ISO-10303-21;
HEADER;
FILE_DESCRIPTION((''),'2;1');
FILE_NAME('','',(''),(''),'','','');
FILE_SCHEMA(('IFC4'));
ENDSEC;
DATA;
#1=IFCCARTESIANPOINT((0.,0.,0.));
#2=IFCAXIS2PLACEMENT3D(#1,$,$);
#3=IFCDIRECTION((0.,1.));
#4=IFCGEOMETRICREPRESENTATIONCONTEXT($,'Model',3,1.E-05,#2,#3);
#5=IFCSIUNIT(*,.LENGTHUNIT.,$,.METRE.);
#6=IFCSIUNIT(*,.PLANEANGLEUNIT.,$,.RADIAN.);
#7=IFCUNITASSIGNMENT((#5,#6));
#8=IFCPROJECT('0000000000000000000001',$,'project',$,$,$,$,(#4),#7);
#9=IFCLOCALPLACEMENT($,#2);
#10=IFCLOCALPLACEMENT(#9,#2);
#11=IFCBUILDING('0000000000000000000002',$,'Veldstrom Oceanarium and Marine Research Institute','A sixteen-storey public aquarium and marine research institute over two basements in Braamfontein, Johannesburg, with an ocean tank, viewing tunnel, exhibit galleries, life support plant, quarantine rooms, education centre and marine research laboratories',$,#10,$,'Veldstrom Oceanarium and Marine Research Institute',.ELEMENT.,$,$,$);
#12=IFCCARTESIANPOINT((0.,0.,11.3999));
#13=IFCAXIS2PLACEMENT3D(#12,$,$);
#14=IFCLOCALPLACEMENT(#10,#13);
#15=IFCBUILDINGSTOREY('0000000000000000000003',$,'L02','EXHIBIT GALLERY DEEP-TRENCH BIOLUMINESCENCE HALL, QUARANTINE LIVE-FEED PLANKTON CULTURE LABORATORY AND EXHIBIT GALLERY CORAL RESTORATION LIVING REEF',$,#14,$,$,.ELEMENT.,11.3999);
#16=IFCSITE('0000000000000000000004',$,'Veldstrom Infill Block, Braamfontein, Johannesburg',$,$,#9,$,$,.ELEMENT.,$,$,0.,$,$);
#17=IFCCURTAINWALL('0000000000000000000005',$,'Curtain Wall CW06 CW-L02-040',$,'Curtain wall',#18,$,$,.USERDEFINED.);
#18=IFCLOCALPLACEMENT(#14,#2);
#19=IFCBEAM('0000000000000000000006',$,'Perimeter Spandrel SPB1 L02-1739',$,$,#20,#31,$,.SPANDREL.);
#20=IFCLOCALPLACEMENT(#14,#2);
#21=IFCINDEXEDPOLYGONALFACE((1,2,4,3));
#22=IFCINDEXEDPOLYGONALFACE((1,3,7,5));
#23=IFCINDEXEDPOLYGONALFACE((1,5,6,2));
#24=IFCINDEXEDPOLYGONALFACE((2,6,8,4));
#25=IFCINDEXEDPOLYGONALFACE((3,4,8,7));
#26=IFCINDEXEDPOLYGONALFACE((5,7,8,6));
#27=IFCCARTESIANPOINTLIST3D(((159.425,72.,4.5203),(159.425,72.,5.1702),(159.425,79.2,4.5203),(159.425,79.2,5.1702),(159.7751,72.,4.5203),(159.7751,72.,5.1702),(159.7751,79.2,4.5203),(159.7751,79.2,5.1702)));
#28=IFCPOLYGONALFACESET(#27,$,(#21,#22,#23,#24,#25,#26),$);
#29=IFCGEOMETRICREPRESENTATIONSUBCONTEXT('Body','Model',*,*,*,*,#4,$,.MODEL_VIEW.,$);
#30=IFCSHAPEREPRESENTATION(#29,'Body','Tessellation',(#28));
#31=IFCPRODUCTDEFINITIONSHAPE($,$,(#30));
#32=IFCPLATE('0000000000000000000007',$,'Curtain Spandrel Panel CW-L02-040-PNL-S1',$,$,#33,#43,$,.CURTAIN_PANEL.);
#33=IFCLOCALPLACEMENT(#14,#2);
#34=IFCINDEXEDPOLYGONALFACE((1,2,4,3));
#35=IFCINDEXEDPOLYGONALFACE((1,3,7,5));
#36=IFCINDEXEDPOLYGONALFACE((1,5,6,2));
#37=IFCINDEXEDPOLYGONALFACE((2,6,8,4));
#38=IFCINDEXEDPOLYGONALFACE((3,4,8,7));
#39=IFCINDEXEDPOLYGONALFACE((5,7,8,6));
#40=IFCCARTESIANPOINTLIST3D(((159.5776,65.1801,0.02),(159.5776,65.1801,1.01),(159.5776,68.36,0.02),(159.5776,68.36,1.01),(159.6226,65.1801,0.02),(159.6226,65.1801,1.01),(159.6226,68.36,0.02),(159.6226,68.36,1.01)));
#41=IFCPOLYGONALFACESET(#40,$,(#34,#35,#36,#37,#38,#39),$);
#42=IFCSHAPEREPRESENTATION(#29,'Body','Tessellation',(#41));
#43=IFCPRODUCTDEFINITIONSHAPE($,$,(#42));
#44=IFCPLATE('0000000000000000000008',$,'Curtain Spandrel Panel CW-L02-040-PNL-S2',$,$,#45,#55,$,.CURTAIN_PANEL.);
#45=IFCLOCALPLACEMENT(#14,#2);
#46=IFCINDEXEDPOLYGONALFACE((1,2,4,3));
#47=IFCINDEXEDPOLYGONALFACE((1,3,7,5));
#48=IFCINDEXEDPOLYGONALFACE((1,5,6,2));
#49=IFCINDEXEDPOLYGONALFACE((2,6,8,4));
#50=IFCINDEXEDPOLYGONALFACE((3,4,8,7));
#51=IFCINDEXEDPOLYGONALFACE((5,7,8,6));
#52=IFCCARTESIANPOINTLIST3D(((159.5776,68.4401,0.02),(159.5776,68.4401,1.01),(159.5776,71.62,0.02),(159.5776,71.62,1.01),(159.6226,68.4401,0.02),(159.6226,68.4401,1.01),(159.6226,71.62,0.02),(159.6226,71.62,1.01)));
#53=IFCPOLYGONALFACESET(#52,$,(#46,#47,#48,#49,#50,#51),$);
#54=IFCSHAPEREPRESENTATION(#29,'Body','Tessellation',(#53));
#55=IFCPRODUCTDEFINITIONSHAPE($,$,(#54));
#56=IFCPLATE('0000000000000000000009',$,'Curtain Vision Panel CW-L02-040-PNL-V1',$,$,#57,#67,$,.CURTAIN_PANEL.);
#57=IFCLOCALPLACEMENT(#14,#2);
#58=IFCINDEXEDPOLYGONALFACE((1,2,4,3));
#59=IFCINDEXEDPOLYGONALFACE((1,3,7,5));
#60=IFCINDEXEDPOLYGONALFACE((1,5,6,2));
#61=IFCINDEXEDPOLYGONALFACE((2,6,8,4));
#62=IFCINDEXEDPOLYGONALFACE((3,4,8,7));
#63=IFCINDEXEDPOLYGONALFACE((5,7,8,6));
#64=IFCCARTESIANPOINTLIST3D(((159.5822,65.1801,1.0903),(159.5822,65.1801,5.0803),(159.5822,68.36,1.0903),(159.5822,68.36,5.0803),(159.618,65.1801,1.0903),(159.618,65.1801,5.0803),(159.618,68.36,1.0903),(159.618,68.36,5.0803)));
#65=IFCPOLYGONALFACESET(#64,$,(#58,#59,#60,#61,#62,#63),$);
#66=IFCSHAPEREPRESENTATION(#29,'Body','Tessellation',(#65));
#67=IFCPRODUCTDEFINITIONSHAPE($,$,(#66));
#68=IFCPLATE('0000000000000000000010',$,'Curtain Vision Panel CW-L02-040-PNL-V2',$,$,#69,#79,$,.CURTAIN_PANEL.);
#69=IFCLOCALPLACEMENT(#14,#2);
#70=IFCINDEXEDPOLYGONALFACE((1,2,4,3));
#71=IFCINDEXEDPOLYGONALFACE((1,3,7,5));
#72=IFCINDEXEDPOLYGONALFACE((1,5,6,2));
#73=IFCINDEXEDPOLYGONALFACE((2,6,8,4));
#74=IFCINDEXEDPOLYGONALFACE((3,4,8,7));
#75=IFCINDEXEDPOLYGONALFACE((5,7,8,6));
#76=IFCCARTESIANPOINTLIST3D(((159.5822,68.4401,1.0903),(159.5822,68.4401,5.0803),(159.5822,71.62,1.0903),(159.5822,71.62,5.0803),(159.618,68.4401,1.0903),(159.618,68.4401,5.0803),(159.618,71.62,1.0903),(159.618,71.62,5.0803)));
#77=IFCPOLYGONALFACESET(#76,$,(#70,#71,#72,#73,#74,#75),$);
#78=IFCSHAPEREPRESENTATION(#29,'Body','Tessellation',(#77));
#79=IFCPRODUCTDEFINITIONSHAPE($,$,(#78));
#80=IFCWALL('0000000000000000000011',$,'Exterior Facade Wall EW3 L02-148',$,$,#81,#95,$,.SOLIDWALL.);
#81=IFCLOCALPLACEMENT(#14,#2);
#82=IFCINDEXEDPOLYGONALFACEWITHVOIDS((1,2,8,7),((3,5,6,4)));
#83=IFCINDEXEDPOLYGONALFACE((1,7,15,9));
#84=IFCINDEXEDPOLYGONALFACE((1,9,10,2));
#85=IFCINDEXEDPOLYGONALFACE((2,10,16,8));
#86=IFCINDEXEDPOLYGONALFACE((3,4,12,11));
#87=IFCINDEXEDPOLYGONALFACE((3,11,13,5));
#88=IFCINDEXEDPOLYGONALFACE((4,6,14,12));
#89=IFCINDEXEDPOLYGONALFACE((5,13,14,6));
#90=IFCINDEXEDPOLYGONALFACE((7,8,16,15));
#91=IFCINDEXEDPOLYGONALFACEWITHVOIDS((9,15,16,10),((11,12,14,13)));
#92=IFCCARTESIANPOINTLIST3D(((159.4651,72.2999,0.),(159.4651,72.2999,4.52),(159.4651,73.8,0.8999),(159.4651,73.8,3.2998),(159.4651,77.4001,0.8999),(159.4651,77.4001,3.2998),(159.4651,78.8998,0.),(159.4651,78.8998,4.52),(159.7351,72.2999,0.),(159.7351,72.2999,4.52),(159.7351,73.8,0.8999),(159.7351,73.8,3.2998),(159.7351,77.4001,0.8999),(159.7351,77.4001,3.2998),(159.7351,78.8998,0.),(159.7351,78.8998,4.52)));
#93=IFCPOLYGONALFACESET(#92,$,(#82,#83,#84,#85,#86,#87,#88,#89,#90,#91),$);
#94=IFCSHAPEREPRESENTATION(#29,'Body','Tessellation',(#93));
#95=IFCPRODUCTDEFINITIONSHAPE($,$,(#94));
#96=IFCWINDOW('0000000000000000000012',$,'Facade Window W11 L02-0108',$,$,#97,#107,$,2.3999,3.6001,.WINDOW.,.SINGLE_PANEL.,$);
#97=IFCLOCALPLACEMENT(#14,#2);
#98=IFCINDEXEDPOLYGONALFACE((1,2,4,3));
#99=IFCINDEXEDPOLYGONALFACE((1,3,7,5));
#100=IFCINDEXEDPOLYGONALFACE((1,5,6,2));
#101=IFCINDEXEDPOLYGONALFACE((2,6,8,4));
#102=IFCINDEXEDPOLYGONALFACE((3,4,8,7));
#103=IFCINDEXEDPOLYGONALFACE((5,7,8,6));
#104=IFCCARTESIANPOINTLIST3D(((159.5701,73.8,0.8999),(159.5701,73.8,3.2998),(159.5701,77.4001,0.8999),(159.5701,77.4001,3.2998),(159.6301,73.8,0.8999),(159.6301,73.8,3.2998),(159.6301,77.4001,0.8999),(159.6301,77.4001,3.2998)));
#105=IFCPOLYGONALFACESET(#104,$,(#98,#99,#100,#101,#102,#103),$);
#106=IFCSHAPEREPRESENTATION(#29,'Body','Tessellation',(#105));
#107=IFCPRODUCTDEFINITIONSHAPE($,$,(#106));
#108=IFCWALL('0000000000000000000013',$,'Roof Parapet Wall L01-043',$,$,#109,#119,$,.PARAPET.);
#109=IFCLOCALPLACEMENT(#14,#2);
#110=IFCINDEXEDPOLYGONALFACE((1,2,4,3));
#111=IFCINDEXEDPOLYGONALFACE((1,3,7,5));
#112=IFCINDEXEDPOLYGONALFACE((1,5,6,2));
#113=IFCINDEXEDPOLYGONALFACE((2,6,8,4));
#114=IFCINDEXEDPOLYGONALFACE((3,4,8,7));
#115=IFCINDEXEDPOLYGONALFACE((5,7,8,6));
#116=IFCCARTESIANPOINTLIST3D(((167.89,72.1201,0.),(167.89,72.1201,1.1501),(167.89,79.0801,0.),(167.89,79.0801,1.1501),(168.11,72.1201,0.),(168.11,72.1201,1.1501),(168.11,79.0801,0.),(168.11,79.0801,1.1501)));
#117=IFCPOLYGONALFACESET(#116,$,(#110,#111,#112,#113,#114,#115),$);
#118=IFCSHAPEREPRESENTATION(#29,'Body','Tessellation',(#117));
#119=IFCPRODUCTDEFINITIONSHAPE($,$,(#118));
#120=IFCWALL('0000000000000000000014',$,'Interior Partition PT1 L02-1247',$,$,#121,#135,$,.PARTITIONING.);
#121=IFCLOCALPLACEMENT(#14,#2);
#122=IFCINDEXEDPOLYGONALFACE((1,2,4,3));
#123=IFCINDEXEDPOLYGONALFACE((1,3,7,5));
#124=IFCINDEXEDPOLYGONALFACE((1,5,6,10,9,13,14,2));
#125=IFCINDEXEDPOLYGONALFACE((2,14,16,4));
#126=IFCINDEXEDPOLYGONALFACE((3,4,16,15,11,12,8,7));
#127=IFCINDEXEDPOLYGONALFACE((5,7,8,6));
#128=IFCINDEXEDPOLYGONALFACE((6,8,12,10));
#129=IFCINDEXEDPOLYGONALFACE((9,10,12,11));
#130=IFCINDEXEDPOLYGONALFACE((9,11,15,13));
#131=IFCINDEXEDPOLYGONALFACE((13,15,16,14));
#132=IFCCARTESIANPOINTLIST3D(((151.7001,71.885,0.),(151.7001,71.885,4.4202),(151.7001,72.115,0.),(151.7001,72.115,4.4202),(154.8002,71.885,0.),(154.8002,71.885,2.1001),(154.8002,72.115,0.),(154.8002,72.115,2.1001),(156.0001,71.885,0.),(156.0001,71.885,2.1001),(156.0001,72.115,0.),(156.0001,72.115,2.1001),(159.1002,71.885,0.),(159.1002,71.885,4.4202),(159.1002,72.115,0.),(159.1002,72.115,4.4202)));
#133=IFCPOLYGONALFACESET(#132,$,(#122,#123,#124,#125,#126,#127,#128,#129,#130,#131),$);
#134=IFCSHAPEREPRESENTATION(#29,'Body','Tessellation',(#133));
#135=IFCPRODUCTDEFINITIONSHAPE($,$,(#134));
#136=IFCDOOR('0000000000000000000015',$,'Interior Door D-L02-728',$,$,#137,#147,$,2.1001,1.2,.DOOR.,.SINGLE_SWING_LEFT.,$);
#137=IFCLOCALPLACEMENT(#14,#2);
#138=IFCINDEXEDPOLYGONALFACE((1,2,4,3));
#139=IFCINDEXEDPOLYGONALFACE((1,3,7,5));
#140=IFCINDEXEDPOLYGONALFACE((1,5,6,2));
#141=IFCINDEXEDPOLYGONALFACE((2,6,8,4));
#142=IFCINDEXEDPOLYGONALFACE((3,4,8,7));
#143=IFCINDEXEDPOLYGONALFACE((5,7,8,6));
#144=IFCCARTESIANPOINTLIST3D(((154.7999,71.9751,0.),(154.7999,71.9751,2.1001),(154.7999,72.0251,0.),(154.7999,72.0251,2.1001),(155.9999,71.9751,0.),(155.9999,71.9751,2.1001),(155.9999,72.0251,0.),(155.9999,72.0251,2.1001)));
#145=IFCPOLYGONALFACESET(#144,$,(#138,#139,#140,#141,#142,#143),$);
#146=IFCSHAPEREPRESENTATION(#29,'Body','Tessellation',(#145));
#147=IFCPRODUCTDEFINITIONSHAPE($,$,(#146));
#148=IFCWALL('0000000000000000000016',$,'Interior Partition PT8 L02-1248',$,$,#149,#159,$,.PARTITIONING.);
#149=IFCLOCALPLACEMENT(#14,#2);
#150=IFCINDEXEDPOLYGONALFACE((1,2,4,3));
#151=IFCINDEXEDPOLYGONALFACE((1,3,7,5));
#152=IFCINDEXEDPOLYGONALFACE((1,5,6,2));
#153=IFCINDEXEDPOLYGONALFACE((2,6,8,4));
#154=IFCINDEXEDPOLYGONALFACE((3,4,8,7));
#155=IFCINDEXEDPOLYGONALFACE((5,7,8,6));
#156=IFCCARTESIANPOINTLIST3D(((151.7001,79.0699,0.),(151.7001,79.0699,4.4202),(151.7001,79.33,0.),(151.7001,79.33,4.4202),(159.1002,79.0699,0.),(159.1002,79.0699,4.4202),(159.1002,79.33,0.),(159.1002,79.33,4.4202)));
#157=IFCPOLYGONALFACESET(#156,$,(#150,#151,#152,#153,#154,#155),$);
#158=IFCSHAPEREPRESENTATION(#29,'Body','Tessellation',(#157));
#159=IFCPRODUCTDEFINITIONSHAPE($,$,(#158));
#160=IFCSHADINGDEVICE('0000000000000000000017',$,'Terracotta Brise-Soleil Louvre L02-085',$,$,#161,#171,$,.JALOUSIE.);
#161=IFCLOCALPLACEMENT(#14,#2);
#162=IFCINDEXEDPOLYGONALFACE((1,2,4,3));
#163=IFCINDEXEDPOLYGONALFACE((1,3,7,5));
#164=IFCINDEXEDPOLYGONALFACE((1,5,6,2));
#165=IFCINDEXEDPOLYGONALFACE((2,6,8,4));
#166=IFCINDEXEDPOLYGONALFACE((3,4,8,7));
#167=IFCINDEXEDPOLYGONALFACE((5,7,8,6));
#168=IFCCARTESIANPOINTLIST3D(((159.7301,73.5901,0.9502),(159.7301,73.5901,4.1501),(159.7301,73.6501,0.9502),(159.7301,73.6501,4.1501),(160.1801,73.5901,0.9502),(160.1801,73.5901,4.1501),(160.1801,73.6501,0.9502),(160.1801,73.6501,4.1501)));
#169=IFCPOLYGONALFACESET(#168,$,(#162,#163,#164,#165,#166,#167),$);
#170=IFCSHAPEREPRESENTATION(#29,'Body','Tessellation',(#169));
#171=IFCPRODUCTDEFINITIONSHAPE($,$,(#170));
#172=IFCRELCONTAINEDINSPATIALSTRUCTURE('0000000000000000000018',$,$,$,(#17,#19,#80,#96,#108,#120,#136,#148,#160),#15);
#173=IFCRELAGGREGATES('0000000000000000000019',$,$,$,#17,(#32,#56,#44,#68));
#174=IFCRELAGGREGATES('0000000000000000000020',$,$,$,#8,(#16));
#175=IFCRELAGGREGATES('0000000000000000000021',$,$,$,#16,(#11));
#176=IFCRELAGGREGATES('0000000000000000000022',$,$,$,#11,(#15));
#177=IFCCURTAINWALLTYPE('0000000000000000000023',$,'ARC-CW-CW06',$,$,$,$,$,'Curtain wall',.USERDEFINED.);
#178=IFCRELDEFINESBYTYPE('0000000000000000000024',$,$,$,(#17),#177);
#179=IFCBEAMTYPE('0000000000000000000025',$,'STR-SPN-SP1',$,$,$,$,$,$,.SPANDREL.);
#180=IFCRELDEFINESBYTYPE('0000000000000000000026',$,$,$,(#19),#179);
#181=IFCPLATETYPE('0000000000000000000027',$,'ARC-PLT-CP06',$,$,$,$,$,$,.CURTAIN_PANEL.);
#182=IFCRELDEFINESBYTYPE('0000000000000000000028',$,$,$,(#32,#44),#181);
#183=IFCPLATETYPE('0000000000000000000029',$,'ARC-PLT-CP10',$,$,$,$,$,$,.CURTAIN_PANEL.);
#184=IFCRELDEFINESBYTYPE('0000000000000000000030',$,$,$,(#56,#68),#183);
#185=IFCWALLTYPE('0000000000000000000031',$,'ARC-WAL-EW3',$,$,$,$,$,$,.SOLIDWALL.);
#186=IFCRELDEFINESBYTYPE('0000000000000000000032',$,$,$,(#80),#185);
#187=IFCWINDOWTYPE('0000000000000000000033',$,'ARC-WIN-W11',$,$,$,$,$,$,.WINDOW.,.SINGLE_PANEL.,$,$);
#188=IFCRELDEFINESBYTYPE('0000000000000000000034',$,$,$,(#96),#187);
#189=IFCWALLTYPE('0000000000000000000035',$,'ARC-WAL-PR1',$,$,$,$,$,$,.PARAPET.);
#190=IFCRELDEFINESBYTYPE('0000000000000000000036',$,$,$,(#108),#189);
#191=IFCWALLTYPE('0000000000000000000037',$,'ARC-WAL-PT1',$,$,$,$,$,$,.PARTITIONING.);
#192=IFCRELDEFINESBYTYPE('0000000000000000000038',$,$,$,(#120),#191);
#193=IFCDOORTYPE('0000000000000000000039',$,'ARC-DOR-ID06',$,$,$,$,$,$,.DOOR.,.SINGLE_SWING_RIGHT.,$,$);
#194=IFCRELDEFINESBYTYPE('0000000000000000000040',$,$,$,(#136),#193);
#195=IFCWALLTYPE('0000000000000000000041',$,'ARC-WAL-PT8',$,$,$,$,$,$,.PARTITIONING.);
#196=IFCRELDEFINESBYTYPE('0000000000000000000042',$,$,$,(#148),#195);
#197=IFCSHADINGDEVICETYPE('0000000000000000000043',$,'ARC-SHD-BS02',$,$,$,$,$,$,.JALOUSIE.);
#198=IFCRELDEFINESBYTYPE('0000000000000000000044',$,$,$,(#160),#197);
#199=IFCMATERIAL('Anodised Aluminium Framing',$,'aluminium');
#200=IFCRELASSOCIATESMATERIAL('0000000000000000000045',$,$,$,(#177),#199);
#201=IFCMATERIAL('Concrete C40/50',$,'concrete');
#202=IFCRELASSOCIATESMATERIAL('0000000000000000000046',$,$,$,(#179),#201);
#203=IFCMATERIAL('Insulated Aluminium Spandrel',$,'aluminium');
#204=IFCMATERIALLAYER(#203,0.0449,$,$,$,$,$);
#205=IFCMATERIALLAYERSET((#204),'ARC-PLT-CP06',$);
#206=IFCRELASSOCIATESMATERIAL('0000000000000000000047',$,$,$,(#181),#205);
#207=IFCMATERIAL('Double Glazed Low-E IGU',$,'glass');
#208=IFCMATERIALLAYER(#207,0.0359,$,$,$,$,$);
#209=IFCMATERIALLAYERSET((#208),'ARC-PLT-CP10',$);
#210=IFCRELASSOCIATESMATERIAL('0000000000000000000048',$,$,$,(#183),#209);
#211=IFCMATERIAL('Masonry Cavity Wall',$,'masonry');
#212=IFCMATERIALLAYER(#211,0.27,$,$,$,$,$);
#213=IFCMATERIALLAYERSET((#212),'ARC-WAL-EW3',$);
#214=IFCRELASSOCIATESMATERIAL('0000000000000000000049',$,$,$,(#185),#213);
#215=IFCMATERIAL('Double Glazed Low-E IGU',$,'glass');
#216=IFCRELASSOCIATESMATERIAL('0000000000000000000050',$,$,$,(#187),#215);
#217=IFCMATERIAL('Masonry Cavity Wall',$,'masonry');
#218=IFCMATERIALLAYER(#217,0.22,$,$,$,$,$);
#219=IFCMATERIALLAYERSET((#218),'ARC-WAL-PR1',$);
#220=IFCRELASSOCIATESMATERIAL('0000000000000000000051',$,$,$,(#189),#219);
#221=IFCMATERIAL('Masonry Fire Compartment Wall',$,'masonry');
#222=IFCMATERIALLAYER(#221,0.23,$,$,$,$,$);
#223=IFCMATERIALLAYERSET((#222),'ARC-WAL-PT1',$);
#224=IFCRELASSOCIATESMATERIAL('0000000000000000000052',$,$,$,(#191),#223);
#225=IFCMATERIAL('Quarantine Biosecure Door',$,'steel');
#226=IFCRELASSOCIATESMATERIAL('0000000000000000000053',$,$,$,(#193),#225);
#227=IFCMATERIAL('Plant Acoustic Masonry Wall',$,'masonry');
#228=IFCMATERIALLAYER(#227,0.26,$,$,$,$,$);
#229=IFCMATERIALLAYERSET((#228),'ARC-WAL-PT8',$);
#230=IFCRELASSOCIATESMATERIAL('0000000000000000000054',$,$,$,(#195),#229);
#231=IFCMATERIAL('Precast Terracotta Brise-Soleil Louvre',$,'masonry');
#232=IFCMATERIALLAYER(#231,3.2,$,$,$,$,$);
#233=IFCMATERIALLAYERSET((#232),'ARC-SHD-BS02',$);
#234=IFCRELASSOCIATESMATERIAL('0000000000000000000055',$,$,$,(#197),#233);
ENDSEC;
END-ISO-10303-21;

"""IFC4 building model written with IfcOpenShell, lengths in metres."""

from ifc_helpers import new_model, si_unit, direction, frame, frame_2d, origin, origin_2d, place, context, subcontext, project, spatial, rectangle, extrude, material, layer, layer_set, material_profile, profile_set, type_object, element, fill, aggregate, save


model = new_model("IFC4")

# Units and contexts
model_context = context("Model", 3, precision=1e-05, world=origin(), true_north=direction((0.0, 1.0)))
body_context = subcontext(model_context, "Body", "Model", "MODEL_VIEW")
ifc_project = project(units=[si_unit("LENGTHUNIT", "METRE"), si_unit("PLANEANGLEUNIT", "RADIAN")], contexts=[model_context])

# Site, building, storey
site_placement = place(None, origin())
site = spatial("IfcSite", under=ifc_project, at=site_placement, Name="Veldstrom Infill Block, Braamfontein, Johannesburg", CompositionType="ELEMENT", RefElevation=0.0)
building_placement = place(site_placement, origin())
building = spatial("IfcBuilding", under=site, at=building_placement, Name="Veldstrom Oceanarium and Marine Research Institute", Description="A sixteen-storey public aquarium and marine research institute over two basements in Braamfontein, Johannesburg, with an ocean tank, viewing tunnel, exhibit galleries, life support plant, quarantine rooms, education centre and marine research laboratories", LongName="Veldstrom Oceanarium and Marine Research Institute", CompositionType="ELEMENT")
storey_placement = place(building_placement, frame((0.0, 0.0, 11.3999)))
storey = spatial("IfcBuildingStorey", under=building, at=storey_placement, Name="L02", Description="EXHIBIT GALLERY DEEP-TRENCH BIOLUMINESCENCE HALL, QUARANTINE LIVE-FEED PLANKTON CULTURE LABORATORY AND EXHIBIT GALLERY CORAL RESTORATION LIVING REEF", CompositionType="ELEMENT", Elevation=11.3999)

# Curtain wall
ifc_material_1 = material(Name="Anodised Aluminium Framing", Category="aluminium")
curtain_wall_type = type_object("IfcCurtainWallType", Name="ARC-CW-CW06", ElementType="Curtain wall", PredefinedType="USERDEFINED", material=ifc_material_1)
curtain_wall_placement = place(storey_placement, origin())
curtain_wall = element("IfcCurtainWall", 1, at=curtain_wall_placement, inside=storey, type_object=curtain_wall_type, Name="Curtain Wall CW06 CW-L02-040", ObjectType="Curtain wall", PredefinedType="USERDEFINED")

# Beam
ifc_material_2 = material(Name="Concrete C40/50", Category="concrete")
ifc_material_profile_1 = material_profile(ifc_material_2, rectangle(XDim=0.3501, YDim=0.6499, at=origin_2d()), Name="RC-SPN-350x650")
ifc_profile_set_1 = profile_set([ifc_material_profile_1], Name="Concrete C40/50")
beam_type_1 = type_object("IfcBeamType", Name="STR-SPN-SP1", PredefinedType="SPANDREL", material=ifc_profile_set_1)
beam_1_placement = place(storey_placement, frame((159.6001, 72.0, 4.8452), z_axis=(0.0, 1.0, 0.0), x_axis=(-1.0, 0.0, 0.0)))
element("IfcBeam", 2, at=beam_1_placement, inside=storey, type_object=beam_type_1, Name="Perimeter Spandrel SPB1 L02-1739", PredefinedType="SPANDREL", context=body_context, shape_type="SweptSolid", body=[
    extrude(rectangle(XDim=0.3501, YDim=0.6499, at=origin_2d()), origin(), (0.0, 0.0, 1.0), 7.2),
])

# Plates
ifc_material_3 = material(Name="Insulated Aluminium Spandrel", Category="aluminium")
ifc_layer_1 = layer(ifc_material_3, 0.0449)
ifc_layer_set_1 = layer_set([ifc_layer_1], Name="ARC-PLT-CP06")
plate_type_1 = type_object("IfcPlateType", Name="ARC-PLT-CP06", PredefinedType="CURTAIN_PANEL", material=ifc_layer_set_1)
plate_1_placement = place(storey_placement, frame((159.6001, 66.77, 0.02), z_axis=(0.0, 0.0, 1.0), x_axis=(0.0, 1.0, 0.0)))
plate_1 = element("IfcPlate", 3, at=plate_1_placement, type_object=plate_type_1, Name="Curtain Spandrel Panel CW-L02-040-PNL-S1", PredefinedType="CURTAIN_PANEL", context=body_context, shape_type="SweptSolid", body=[
    extrude(rectangle(XDim=3.1799, YDim=0.0449, at=origin_2d()), origin(), (0.0, 0.0, 1.0), 0.99),
])
plate_2_placement = place(storey_placement, frame((159.6001, 70.03, 0.02), z_axis=(0.0, 0.0, 1.0), x_axis=(0.0, 1.0, 0.0)))
plate_2 = element("IfcPlate", 4, at=plate_2_placement, type_object=plate_type_1, Name="Curtain Spandrel Panel CW-L02-040-PNL-S2", PredefinedType="CURTAIN_PANEL", context=body_context, shape_type="SweptSolid", body=[
    extrude(rectangle(XDim=3.1799, YDim=0.0449, at=origin_2d()), origin(), (0.0, 0.0, 1.0), 0.99),
])
ifc_material_4 = material(Name="Double Glazed Low-E IGU", Category="glass")
ifc_layer_2 = layer(ifc_material_4, 0.0359)
ifc_layer_set_2 = layer_set([ifc_layer_2], Name="ARC-PLT-CP10")
plate_type_2 = type_object("IfcPlateType", Name="ARC-PLT-CP10", PredefinedType="CURTAIN_PANEL", material=ifc_layer_set_2)
plate_3_placement = place(storey_placement, frame((159.6001, 66.77, 1.0903), z_axis=(0.0, 0.0, 1.0), x_axis=(0.0, 1.0, 0.0)))
plate_3 = element("IfcPlate", 5, at=plate_3_placement, type_object=plate_type_2, Name="Curtain Vision Panel CW-L02-040-PNL-V1", PredefinedType="CURTAIN_PANEL", context=body_context, shape_type="SweptSolid", body=[
    extrude(rectangle(XDim=3.1799, YDim=0.0359, at=origin_2d()), origin(), (0.0, 0.0, 1.0), 3.99),
])
plate_4_placement = place(storey_placement, frame((159.6001, 70.03, 1.0903), z_axis=(0.0, 0.0, 1.0), x_axis=(0.0, 1.0, 0.0)))
plate_4 = element("IfcPlate", 6, at=plate_4_placement, type_object=plate_type_2, Name="Curtain Vision Panel CW-L02-040-PNL-V2", PredefinedType="CURTAIN_PANEL", context=body_context, shape_type="SweptSolid", body=[
    extrude(rectangle(XDim=3.1799, YDim=0.0359, at=origin_2d()), origin(), (0.0, 0.0, 1.0), 3.99),
])
aggregate(curtain_wall, [plate_1, plate_3, plate_2, plate_4])

# Wall, opening, window
ifc_material_5 = material(Name="Masonry Cavity Wall", Category="masonry")
ifc_layer_3 = layer(ifc_material_5, 0.27)
ifc_layer_set_3 = layer_set([ifc_layer_3], Name="ARC-WAL-EW3")
wall_type_1 = type_object("IfcWallType", Name="ARC-WAL-EW3", PredefinedType="SOLIDWALL", material=ifc_layer_set_3)
wall_1_placement = place(storey_placement, frame((159.6001, 72.3, 0.0), z_axis=(0.0, 0.0, 1.0), x_axis=(0.0, 1.0, 0.0)))
wall_1 = element("IfcWall", 7, at=wall_1_placement, inside=storey, type_object=wall_type_1, Name="Exterior Facade Wall EW3 L02-148", PredefinedType="SOLIDWALL", context=body_context, shape_type="SweptSolid", body=[
    extrude(rectangle(XDim=6.5999, YDim=0.27, at=frame_2d((3.2998, 0.0))), origin(), (0.0, 0.0, 1.0), 4.52),
])
opening_1_placement = place(wall_1_placement, frame((1.5, 0.0, 0.8999)))
opening_1 = element("IfcOpeningElement", 8, at=opening_1_placement, cuts=wall_1, PredefinedType="OPENING", context=body_context, shape_type="SweptSolid", body=[
    extrude(rectangle(XDim=3.6001, YDim=2.3999, at=frame_2d((1.8, 1.2))), frame((0.0, 0.145, 0.0), z_axis=(0.0, -1.0, 0.0), x_axis=(1.0, 0.0, 0.0)), (0.0, 0.0, 1.0), 0.29),
])
ifc_material_6 = material(Name="Double Glazed Low-E IGU", Category="glass")
window_type = type_object("IfcWindowType", Name="ARC-WIN-W11", PartitioningType="SINGLE_PANEL", PredefinedType="WINDOW", material=ifc_material_6)
window_placement = place(opening_1_placement, origin())
window = element("IfcWindow", 9, at=window_placement, inside=storey, type_object=window_type, Name="Facade Window W11 L02-0108", OverallHeight=2.3999, OverallWidth=3.6001, PartitioningType="SINGLE_PANEL", PredefinedType="WINDOW", context=body_context, shape_type="SweptSolid", body=[
    extrude(rectangle(XDim=3.6001, YDim=2.3999, at=frame_2d((1.8, 1.2))), frame((0.0, 0.03, 0.0), z_axis=(0.0, -1.0, 0.0), x_axis=(1.0, 0.0, 0.0)), (0.0, 0.0, 1.0), 0.0601),
])
fill(opening_1, window)

# Wall
ifc_material_7 = material(Name="Masonry Cavity Wall", Category="masonry")
ifc_layer_4 = layer(ifc_material_7, 0.22)
ifc_layer_set_4 = layer_set([ifc_layer_4], Name="ARC-WAL-PR1")
wall_type_2 = type_object("IfcWallType", Name="ARC-WAL-PR1", PredefinedType="PARAPET", material=ifc_layer_set_4)
wall_2_placement = place(storey_placement, frame((168.0, 72.1201, 0.0), z_axis=(0.0, 0.0, 1.0), x_axis=(0.0, 1.0, 0.0)))
element("IfcWall", 10, at=wall_2_placement, inside=storey, type_object=wall_type_2, Name="Roof Parapet Wall L01-043", PredefinedType="PARAPET", context=body_context, shape_type="SweptSolid", body=[
    extrude(rectangle(XDim=6.96, YDim=0.22, at=frame_2d((3.48, 0.0))), origin(), (0.0, 0.0, 1.0), 1.1501),
])

# Wall, opening, door
ifc_material_8 = material(Name="Masonry Fire Compartment Wall", Category="masonry")
ifc_layer_5 = layer(ifc_material_8, 0.23)
ifc_layer_set_5 = layer_set([ifc_layer_5], Name="ARC-WAL-PT1")
wall_type_3 = type_object("IfcWallType", Name="ARC-WAL-PT1", PredefinedType="PARTITIONING", material=ifc_layer_set_5)
wall_3_placement = place(storey_placement, frame((151.7, 72.0, 0.0), z_axis=(0.0, 0.0, 1.0), x_axis=(1.0, 0.0, 0.0)))
wall_3 = element("IfcWall", 11, at=wall_3_placement, inside=storey, type_object=wall_type_3, Name="Interior Partition PT1 L02-1247", PredefinedType="PARTITIONING", context=body_context, shape_type="SweptSolid", body=[
    extrude(rectangle(XDim=7.4001, YDim=0.23, at=frame_2d((3.7002, 0.0))), origin(), (0.0, 0.0, 1.0), 4.4202),
])
opening_2_placement = place(wall_3_placement, frame((3.1001, 0.0, 0.0)))
opening_2 = element("IfcOpeningElement", 12, at=opening_2_placement, cuts=wall_3, PredefinedType="OPENING", context=body_context, shape_type="SweptSolid", body=[
    extrude(rectangle(XDim=1.2, YDim=2.1001, at=frame_2d((0.6001, 1.05))), frame((0.0, 0.125, 0.0), z_axis=(0.0, -1.0, 0.0), x_axis=(1.0, 0.0, 0.0)), (0.0, 0.0, 1.0), 0.25),
])
ifc_material_9 = material(Name="Quarantine Biosecure Door", Category="steel")
door_type = type_object("IfcDoorType", Name="ARC-DOR-ID06", OperationType="SINGLE_SWING_RIGHT", PredefinedType="DOOR", material=ifc_material_9)
door_placement = place(opening_2_placement, frame((1.2, 0.0, 0.0), z_axis=(0.0, 0.0, 1.0), x_axis=(-1.0, 0.0, 0.0)))
door = element("IfcDoor", 13, at=door_placement, inside=storey, type_object=door_type, Name="Interior Door D-L02-728", OperationType="SINGLE_SWING_LEFT", OverallHeight=2.1001, OverallWidth=1.2, PredefinedType="DOOR", context=body_context, shape_type="SweptSolid", body=[
    extrude(rectangle(XDim=1.2, YDim=2.1001, at=frame_2d((0.6001, 1.05))), frame((0.0, 0.0249, 0.0), z_axis=(0.0, -1.0, 0.0), x_axis=(1.0, 0.0, 0.0)), (0.0, 0.0, 1.0), 0.05),
])
fill(opening_2, door)

# Wall
ifc_material_10 = material(Name="Plant Acoustic Masonry Wall", Category="masonry")
ifc_layer_6 = layer(ifc_material_10, 0.26)
ifc_layer_set_6 = layer_set([ifc_layer_6], Name="ARC-WAL-PT8")
wall_type_4 = type_object("IfcWallType", Name="ARC-WAL-PT8", PredefinedType="PARTITIONING", material=ifc_layer_set_6)
wall_4_placement = place(storey_placement, frame((151.7, 79.2, 0.0), z_axis=(0.0, 0.0, 1.0), x_axis=(1.0, 0.0, 0.0)))
element("IfcWall", 14, at=wall_4_placement, inside=storey, type_object=wall_type_4, Name="Interior Partition PT8 L02-1248", PredefinedType="PARTITIONING", context=body_context, shape_type="SweptSolid", body=[
    extrude(rectangle(XDim=7.4001, YDim=0.26, at=frame_2d((3.7002, 0.0))), origin(), (0.0, 0.0, 1.0), 4.4202),
])

# Shading device
ifc_material_11 = material(Name="Precast Terracotta Brise-Soleil Louvre", Category="masonry")
ifc_layer_7 = layer(ifc_material_11, 3.2)
ifc_layer_set_7 = layer_set([ifc_layer_7], Name="ARC-SHD-BS02")
shading_device_type = type_object("IfcShadingDeviceType", Name="ARC-SHD-BS02", PredefinedType="JALOUSIE", material=ifc_layer_set_7)
for number, where, z_axis, x_axis, name in (
    (15, (159.9551, 73.6201, 0.9502), (0.0, 0.0, 1.0), (1.0, 0.0, 0.0), "Terracotta Brise-Soleil Louvre L02-085"),
):
    element("IfcShadingDevice", number, at=place(storey_placement, frame(where, z_axis=z_axis, x_axis=x_axis)), inside=storey, type_object=shading_device_type, Name=name, PredefinedType="JALOUSIE", context=body_context, shape_type="SweptSolid", body=[
        extrude(rectangle(XDim=0.45, YDim=0.0601, at=origin_2d()), origin(), (0.0, 0.0, 1.0), 3.2),
    ])

save(model, "model.ifc")
